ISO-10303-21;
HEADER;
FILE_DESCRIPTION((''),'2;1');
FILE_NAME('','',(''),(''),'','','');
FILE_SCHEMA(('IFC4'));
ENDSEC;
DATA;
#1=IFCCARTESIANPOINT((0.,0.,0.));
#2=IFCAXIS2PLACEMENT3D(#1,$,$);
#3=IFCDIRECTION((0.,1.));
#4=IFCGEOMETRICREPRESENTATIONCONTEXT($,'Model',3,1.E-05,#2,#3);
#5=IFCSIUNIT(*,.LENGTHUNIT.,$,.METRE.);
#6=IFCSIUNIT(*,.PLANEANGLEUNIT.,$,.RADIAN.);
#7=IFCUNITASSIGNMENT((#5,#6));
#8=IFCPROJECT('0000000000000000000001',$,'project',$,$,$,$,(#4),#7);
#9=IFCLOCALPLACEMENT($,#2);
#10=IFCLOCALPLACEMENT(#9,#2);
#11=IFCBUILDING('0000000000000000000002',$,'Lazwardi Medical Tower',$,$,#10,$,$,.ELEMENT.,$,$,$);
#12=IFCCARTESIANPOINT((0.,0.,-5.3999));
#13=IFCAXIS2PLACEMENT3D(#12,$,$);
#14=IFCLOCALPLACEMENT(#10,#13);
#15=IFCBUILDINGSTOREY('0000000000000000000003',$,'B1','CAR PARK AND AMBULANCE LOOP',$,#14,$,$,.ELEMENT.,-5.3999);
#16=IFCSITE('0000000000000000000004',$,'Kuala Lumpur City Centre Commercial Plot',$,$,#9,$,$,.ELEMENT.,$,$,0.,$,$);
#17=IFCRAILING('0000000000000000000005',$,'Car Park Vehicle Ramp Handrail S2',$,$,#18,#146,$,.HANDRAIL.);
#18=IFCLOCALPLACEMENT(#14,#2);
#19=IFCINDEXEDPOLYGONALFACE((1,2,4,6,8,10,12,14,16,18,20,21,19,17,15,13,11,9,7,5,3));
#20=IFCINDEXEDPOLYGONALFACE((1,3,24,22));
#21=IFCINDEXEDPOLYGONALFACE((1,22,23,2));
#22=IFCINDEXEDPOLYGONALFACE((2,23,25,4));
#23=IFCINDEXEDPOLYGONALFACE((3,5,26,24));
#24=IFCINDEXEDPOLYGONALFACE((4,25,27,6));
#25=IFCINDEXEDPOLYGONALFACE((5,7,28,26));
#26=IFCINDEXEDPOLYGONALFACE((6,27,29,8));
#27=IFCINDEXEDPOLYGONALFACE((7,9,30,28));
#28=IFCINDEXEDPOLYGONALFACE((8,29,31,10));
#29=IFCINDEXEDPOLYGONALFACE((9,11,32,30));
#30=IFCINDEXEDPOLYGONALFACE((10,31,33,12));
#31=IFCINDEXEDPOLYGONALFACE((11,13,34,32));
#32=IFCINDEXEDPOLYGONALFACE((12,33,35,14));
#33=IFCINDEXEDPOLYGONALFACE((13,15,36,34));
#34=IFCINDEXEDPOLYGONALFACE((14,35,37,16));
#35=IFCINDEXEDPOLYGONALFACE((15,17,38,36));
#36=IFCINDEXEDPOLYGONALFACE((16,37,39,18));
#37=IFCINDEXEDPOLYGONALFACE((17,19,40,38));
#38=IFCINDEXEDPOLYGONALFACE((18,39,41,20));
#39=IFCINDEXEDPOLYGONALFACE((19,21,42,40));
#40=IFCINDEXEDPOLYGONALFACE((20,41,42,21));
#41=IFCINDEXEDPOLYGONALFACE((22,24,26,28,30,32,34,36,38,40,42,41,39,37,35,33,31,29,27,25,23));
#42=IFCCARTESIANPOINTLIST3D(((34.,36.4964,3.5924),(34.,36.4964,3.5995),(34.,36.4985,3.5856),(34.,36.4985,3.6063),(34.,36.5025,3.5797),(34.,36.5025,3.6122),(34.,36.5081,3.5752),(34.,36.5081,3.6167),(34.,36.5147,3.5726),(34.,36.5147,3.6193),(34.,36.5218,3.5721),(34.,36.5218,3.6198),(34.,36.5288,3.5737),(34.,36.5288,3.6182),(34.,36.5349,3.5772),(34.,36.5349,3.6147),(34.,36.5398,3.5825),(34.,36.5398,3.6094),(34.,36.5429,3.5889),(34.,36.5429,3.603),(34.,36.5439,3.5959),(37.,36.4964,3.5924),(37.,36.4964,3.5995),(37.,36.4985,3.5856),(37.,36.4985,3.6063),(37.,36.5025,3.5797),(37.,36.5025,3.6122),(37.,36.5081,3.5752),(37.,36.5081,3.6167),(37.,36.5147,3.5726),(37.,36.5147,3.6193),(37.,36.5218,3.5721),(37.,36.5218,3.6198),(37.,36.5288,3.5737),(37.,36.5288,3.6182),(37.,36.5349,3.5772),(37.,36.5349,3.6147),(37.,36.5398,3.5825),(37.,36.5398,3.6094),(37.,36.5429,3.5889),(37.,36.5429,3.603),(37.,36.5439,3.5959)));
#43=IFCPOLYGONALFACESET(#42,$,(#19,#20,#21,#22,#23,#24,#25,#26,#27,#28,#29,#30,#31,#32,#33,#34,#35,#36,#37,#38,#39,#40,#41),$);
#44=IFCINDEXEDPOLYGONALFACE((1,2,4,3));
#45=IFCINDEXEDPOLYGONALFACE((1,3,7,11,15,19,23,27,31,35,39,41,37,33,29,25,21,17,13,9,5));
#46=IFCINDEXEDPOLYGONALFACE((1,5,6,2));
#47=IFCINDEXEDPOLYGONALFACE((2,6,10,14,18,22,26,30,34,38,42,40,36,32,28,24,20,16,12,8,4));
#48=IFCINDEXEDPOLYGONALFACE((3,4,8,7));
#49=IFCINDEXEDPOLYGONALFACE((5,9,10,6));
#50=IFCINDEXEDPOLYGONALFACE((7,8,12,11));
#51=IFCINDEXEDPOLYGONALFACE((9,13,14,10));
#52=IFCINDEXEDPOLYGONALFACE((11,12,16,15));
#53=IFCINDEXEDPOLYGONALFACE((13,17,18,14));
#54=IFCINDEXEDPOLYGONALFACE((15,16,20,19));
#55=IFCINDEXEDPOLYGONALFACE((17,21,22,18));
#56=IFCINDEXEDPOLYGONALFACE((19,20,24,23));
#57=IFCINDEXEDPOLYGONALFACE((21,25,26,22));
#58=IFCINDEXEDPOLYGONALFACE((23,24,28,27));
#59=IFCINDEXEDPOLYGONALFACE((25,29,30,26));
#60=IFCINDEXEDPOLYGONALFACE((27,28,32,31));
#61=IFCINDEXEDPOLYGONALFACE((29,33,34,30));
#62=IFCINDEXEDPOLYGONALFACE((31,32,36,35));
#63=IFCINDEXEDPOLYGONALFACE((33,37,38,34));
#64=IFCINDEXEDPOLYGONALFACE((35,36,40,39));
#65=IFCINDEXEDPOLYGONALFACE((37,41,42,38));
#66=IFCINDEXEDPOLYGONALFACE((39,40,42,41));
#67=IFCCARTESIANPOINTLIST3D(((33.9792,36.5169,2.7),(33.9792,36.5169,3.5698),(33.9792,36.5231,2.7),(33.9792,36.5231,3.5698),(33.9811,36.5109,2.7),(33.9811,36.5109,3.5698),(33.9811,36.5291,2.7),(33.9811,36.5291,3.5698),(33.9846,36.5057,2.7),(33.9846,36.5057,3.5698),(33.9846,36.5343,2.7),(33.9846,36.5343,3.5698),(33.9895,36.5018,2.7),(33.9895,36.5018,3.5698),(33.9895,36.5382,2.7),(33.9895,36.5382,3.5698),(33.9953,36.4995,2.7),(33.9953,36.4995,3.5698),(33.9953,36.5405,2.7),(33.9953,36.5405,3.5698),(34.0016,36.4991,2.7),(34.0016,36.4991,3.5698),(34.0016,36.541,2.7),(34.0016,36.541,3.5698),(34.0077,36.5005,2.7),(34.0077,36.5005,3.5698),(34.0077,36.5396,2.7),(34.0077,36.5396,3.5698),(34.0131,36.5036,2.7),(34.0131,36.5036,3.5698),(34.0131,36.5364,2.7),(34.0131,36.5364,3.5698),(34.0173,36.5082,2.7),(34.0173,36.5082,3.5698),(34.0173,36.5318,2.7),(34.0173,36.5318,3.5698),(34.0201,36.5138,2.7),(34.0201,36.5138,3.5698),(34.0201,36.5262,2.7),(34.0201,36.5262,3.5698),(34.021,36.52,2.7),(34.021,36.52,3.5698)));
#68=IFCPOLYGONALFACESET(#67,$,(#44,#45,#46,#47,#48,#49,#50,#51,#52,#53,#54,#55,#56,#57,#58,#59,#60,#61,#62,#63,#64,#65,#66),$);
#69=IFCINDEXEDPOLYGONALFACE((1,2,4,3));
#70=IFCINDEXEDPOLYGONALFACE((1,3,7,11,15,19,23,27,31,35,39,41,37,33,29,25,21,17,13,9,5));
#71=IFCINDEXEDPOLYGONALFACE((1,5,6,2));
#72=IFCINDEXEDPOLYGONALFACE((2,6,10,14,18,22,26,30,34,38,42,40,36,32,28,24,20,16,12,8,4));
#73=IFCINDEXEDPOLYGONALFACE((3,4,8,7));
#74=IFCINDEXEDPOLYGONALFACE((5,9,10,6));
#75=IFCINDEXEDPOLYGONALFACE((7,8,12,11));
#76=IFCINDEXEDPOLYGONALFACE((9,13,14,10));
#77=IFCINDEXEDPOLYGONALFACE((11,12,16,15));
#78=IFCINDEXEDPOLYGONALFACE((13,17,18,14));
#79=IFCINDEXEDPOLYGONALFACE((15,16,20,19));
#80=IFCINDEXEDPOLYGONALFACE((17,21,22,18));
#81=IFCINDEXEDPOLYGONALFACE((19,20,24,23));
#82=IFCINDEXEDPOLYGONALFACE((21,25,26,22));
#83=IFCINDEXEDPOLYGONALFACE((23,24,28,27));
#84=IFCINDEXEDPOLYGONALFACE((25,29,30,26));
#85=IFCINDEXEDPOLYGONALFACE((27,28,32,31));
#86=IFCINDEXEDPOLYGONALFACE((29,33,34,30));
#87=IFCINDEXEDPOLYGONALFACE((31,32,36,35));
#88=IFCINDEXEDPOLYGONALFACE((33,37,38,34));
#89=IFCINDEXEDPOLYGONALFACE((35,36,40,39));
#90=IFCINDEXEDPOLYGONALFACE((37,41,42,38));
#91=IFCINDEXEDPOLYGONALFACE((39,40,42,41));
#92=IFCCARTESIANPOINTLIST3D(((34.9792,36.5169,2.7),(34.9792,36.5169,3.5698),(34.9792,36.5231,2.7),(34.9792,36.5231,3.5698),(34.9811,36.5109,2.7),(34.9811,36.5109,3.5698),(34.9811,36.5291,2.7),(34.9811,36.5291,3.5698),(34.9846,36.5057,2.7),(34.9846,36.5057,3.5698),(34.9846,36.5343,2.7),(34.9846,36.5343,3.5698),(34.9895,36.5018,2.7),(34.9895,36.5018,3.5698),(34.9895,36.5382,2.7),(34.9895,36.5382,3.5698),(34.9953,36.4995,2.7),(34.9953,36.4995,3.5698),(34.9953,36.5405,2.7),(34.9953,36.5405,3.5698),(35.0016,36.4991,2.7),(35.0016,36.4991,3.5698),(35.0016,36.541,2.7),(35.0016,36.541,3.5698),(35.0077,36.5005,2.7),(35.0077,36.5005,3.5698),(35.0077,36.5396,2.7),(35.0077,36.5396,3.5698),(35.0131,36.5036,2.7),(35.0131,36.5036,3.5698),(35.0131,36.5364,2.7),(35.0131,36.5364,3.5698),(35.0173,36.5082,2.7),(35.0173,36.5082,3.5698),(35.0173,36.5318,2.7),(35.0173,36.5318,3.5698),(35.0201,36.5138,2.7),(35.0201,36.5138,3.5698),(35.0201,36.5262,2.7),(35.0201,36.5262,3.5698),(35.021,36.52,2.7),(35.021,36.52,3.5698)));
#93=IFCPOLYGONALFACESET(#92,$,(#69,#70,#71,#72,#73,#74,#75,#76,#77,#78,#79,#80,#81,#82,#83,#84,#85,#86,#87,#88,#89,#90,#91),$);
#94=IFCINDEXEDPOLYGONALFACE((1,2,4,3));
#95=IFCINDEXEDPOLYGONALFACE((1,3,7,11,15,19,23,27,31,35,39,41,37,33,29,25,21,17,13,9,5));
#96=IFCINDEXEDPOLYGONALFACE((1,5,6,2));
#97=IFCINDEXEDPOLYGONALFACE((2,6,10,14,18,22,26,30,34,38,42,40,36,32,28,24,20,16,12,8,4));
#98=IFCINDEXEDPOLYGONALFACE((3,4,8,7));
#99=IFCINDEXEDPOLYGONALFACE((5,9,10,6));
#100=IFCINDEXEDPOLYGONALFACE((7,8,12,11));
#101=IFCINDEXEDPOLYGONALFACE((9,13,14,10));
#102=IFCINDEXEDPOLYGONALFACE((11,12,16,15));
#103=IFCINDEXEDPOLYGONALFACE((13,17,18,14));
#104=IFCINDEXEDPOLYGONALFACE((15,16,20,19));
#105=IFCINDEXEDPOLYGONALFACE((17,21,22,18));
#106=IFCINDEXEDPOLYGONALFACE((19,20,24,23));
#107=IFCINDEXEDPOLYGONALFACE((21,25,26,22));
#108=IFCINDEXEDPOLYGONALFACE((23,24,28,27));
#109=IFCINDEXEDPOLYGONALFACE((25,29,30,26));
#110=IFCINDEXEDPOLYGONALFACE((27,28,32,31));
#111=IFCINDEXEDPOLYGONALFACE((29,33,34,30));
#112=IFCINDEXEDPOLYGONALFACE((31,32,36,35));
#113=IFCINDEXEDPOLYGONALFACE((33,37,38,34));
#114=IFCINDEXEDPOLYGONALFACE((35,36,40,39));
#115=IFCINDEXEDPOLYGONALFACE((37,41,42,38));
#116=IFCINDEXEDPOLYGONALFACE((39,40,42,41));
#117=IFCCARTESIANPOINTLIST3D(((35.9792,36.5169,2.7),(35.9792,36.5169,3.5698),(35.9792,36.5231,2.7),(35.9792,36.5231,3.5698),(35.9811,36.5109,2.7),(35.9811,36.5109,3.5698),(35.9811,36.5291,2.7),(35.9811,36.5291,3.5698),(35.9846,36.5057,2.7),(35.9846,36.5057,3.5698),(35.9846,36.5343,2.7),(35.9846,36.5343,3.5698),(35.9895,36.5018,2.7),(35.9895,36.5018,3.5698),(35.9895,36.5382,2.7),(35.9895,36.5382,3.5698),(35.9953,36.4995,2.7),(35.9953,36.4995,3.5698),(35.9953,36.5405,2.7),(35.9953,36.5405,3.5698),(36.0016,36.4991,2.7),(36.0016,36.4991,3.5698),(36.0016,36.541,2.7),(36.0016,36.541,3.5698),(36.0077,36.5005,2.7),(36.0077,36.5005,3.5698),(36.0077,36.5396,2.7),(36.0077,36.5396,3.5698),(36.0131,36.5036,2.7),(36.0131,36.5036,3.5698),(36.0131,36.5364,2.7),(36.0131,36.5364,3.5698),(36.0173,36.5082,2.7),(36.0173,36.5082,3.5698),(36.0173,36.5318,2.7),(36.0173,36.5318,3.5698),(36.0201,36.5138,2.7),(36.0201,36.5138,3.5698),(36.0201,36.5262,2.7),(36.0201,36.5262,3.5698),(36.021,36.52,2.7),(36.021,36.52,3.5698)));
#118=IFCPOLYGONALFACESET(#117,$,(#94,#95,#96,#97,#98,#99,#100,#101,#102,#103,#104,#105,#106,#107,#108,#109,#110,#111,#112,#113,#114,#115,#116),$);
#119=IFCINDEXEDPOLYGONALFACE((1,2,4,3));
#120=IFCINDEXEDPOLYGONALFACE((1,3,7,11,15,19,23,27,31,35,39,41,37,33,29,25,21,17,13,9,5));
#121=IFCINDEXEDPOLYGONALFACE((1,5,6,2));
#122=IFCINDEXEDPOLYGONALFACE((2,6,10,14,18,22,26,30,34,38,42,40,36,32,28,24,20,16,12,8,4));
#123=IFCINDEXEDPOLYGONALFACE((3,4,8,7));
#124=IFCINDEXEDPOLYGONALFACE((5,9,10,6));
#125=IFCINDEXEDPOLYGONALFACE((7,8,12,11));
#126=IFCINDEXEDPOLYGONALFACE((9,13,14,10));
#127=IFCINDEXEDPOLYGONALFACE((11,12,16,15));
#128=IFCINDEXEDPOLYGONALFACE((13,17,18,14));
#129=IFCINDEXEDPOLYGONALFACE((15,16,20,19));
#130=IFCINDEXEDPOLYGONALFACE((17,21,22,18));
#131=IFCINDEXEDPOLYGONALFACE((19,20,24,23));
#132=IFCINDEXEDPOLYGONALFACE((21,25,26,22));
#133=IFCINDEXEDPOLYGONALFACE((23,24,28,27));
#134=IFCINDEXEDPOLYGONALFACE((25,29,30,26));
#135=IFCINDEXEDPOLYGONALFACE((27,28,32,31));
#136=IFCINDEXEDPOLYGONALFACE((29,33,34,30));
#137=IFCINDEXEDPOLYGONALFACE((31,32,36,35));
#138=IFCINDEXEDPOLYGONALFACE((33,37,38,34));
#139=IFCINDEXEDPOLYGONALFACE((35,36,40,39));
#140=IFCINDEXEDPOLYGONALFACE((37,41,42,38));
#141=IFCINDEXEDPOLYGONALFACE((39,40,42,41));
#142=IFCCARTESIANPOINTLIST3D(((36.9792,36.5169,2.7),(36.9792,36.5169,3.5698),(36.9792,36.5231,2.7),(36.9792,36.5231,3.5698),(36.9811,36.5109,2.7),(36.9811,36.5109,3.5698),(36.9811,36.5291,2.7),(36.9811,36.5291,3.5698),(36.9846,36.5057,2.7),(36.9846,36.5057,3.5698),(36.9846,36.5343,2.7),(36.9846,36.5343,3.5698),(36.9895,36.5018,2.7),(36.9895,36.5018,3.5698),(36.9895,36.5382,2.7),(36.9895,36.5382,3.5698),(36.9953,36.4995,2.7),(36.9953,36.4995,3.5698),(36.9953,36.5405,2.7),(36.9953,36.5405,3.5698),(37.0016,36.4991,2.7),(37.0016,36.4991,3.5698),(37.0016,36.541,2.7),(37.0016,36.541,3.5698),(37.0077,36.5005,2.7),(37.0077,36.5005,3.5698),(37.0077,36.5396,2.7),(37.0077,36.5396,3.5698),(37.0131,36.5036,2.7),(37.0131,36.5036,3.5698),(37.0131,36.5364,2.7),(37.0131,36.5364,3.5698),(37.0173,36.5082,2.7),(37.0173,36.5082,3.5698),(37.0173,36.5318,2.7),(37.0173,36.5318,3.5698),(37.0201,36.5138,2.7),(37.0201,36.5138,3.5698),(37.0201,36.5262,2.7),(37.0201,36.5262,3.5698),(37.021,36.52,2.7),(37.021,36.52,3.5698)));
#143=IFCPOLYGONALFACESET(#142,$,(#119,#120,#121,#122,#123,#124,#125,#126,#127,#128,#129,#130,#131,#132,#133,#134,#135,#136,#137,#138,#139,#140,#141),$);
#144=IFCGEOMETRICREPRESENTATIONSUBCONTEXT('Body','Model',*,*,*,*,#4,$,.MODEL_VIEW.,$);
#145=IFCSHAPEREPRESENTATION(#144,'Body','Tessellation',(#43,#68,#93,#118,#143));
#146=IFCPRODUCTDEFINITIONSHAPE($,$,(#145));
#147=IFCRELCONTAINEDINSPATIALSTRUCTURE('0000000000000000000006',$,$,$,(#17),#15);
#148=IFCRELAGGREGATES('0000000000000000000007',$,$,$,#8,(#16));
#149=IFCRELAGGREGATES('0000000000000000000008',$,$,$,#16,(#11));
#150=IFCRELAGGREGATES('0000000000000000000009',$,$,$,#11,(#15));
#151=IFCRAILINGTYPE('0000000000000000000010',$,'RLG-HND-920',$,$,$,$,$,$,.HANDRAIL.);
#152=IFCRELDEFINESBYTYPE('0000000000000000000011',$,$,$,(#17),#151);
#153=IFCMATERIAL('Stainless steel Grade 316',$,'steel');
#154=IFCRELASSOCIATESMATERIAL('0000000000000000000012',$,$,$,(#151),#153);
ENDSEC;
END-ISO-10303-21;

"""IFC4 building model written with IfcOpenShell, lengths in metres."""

from ifc_helpers import new_model, si_unit, direction, frame, origin, origin_2d, place, context, subcontext, project, spatial, circle, extrude, material, type_object, element, save


model = new_model("IFC4")

# Units and contexts
model_context = context("Model", 3, precision=1e-05, world=origin(), true_north=direction((0.0, 1.0)))
body_context = subcontext(model_context, "Body", "Model", "MODEL_VIEW")
ifc_project = project(units=[si_unit("LENGTHUNIT", "METRE"), si_unit("PLANEANGLEUNIT", "RADIAN")], contexts=[model_context])

# Site, building, storey
site_placement = place(None, origin())
site = spatial("IfcSite", under=ifc_project, at=site_placement, Name="Kuala Lumpur City Centre Commercial Plot", CompositionType="ELEMENT", RefElevation=0.0)
building_placement = place(site_placement, origin())
building = spatial("IfcBuilding", under=site, at=building_placement, Name="Lazwardi Medical Tower", CompositionType="ELEMENT")
storey_placement = place(building_placement, frame((0.0, 0.0, -5.3999)))
storey = spatial("IfcBuildingStorey", under=building, at=storey_placement, Name="B1", Description="CAR PARK AND AMBULANCE LOOP", CompositionType="ELEMENT", Elevation=-5.3999)

# Railing
ifc_material_1 = material(Name="Stainless steel Grade 316", Category="steel")
railing_type = type_object("IfcRailingType", Name="RLG-HND-920", PredefinedType="HANDRAIL", material=ifc_material_1)
railing_1_placement = place(storey_placement, frame((34.0, 36.52, 2.7)))
element("IfcRailing", 1, at=railing_1_placement, inside=storey, type_object=railing_type, Name="Car Park Vehicle Ramp Handrail S2", PredefinedType="HANDRAIL", context=body_context, shape_type="SweptSolid", body=[
    extrude(circle(Radius=0.0239, at=origin_2d()), frame((0.0, 0.0, 0.896), z_axis=(1.0, 0.0, 0.0), x_axis=(0.0, 1.0, 0.0)), (0.0, 0.0, 1.0), 3.0),
    extrude(circle(Radius=0.021, at=origin_2d()), origin(), (0.0, 0.0, 1.0), 0.8699),
    extrude(circle(Radius=0.021, at=origin_2d()), frame((1.0, 0.0, 0.0)), (0.0, 0.0, 1.0), 0.8699),
    extrude(circle(Radius=0.021, at=origin_2d()), frame((2.0, 0.0, 0.0)), (0.0, 0.0, 1.0), 0.8699),
    extrude(circle(Radius=0.021, at=origin_2d()), frame((3.0, 0.0, 0.0)), (0.0, 0.0, 1.0), 0.8699),
])

save(model, "model.ifc")
